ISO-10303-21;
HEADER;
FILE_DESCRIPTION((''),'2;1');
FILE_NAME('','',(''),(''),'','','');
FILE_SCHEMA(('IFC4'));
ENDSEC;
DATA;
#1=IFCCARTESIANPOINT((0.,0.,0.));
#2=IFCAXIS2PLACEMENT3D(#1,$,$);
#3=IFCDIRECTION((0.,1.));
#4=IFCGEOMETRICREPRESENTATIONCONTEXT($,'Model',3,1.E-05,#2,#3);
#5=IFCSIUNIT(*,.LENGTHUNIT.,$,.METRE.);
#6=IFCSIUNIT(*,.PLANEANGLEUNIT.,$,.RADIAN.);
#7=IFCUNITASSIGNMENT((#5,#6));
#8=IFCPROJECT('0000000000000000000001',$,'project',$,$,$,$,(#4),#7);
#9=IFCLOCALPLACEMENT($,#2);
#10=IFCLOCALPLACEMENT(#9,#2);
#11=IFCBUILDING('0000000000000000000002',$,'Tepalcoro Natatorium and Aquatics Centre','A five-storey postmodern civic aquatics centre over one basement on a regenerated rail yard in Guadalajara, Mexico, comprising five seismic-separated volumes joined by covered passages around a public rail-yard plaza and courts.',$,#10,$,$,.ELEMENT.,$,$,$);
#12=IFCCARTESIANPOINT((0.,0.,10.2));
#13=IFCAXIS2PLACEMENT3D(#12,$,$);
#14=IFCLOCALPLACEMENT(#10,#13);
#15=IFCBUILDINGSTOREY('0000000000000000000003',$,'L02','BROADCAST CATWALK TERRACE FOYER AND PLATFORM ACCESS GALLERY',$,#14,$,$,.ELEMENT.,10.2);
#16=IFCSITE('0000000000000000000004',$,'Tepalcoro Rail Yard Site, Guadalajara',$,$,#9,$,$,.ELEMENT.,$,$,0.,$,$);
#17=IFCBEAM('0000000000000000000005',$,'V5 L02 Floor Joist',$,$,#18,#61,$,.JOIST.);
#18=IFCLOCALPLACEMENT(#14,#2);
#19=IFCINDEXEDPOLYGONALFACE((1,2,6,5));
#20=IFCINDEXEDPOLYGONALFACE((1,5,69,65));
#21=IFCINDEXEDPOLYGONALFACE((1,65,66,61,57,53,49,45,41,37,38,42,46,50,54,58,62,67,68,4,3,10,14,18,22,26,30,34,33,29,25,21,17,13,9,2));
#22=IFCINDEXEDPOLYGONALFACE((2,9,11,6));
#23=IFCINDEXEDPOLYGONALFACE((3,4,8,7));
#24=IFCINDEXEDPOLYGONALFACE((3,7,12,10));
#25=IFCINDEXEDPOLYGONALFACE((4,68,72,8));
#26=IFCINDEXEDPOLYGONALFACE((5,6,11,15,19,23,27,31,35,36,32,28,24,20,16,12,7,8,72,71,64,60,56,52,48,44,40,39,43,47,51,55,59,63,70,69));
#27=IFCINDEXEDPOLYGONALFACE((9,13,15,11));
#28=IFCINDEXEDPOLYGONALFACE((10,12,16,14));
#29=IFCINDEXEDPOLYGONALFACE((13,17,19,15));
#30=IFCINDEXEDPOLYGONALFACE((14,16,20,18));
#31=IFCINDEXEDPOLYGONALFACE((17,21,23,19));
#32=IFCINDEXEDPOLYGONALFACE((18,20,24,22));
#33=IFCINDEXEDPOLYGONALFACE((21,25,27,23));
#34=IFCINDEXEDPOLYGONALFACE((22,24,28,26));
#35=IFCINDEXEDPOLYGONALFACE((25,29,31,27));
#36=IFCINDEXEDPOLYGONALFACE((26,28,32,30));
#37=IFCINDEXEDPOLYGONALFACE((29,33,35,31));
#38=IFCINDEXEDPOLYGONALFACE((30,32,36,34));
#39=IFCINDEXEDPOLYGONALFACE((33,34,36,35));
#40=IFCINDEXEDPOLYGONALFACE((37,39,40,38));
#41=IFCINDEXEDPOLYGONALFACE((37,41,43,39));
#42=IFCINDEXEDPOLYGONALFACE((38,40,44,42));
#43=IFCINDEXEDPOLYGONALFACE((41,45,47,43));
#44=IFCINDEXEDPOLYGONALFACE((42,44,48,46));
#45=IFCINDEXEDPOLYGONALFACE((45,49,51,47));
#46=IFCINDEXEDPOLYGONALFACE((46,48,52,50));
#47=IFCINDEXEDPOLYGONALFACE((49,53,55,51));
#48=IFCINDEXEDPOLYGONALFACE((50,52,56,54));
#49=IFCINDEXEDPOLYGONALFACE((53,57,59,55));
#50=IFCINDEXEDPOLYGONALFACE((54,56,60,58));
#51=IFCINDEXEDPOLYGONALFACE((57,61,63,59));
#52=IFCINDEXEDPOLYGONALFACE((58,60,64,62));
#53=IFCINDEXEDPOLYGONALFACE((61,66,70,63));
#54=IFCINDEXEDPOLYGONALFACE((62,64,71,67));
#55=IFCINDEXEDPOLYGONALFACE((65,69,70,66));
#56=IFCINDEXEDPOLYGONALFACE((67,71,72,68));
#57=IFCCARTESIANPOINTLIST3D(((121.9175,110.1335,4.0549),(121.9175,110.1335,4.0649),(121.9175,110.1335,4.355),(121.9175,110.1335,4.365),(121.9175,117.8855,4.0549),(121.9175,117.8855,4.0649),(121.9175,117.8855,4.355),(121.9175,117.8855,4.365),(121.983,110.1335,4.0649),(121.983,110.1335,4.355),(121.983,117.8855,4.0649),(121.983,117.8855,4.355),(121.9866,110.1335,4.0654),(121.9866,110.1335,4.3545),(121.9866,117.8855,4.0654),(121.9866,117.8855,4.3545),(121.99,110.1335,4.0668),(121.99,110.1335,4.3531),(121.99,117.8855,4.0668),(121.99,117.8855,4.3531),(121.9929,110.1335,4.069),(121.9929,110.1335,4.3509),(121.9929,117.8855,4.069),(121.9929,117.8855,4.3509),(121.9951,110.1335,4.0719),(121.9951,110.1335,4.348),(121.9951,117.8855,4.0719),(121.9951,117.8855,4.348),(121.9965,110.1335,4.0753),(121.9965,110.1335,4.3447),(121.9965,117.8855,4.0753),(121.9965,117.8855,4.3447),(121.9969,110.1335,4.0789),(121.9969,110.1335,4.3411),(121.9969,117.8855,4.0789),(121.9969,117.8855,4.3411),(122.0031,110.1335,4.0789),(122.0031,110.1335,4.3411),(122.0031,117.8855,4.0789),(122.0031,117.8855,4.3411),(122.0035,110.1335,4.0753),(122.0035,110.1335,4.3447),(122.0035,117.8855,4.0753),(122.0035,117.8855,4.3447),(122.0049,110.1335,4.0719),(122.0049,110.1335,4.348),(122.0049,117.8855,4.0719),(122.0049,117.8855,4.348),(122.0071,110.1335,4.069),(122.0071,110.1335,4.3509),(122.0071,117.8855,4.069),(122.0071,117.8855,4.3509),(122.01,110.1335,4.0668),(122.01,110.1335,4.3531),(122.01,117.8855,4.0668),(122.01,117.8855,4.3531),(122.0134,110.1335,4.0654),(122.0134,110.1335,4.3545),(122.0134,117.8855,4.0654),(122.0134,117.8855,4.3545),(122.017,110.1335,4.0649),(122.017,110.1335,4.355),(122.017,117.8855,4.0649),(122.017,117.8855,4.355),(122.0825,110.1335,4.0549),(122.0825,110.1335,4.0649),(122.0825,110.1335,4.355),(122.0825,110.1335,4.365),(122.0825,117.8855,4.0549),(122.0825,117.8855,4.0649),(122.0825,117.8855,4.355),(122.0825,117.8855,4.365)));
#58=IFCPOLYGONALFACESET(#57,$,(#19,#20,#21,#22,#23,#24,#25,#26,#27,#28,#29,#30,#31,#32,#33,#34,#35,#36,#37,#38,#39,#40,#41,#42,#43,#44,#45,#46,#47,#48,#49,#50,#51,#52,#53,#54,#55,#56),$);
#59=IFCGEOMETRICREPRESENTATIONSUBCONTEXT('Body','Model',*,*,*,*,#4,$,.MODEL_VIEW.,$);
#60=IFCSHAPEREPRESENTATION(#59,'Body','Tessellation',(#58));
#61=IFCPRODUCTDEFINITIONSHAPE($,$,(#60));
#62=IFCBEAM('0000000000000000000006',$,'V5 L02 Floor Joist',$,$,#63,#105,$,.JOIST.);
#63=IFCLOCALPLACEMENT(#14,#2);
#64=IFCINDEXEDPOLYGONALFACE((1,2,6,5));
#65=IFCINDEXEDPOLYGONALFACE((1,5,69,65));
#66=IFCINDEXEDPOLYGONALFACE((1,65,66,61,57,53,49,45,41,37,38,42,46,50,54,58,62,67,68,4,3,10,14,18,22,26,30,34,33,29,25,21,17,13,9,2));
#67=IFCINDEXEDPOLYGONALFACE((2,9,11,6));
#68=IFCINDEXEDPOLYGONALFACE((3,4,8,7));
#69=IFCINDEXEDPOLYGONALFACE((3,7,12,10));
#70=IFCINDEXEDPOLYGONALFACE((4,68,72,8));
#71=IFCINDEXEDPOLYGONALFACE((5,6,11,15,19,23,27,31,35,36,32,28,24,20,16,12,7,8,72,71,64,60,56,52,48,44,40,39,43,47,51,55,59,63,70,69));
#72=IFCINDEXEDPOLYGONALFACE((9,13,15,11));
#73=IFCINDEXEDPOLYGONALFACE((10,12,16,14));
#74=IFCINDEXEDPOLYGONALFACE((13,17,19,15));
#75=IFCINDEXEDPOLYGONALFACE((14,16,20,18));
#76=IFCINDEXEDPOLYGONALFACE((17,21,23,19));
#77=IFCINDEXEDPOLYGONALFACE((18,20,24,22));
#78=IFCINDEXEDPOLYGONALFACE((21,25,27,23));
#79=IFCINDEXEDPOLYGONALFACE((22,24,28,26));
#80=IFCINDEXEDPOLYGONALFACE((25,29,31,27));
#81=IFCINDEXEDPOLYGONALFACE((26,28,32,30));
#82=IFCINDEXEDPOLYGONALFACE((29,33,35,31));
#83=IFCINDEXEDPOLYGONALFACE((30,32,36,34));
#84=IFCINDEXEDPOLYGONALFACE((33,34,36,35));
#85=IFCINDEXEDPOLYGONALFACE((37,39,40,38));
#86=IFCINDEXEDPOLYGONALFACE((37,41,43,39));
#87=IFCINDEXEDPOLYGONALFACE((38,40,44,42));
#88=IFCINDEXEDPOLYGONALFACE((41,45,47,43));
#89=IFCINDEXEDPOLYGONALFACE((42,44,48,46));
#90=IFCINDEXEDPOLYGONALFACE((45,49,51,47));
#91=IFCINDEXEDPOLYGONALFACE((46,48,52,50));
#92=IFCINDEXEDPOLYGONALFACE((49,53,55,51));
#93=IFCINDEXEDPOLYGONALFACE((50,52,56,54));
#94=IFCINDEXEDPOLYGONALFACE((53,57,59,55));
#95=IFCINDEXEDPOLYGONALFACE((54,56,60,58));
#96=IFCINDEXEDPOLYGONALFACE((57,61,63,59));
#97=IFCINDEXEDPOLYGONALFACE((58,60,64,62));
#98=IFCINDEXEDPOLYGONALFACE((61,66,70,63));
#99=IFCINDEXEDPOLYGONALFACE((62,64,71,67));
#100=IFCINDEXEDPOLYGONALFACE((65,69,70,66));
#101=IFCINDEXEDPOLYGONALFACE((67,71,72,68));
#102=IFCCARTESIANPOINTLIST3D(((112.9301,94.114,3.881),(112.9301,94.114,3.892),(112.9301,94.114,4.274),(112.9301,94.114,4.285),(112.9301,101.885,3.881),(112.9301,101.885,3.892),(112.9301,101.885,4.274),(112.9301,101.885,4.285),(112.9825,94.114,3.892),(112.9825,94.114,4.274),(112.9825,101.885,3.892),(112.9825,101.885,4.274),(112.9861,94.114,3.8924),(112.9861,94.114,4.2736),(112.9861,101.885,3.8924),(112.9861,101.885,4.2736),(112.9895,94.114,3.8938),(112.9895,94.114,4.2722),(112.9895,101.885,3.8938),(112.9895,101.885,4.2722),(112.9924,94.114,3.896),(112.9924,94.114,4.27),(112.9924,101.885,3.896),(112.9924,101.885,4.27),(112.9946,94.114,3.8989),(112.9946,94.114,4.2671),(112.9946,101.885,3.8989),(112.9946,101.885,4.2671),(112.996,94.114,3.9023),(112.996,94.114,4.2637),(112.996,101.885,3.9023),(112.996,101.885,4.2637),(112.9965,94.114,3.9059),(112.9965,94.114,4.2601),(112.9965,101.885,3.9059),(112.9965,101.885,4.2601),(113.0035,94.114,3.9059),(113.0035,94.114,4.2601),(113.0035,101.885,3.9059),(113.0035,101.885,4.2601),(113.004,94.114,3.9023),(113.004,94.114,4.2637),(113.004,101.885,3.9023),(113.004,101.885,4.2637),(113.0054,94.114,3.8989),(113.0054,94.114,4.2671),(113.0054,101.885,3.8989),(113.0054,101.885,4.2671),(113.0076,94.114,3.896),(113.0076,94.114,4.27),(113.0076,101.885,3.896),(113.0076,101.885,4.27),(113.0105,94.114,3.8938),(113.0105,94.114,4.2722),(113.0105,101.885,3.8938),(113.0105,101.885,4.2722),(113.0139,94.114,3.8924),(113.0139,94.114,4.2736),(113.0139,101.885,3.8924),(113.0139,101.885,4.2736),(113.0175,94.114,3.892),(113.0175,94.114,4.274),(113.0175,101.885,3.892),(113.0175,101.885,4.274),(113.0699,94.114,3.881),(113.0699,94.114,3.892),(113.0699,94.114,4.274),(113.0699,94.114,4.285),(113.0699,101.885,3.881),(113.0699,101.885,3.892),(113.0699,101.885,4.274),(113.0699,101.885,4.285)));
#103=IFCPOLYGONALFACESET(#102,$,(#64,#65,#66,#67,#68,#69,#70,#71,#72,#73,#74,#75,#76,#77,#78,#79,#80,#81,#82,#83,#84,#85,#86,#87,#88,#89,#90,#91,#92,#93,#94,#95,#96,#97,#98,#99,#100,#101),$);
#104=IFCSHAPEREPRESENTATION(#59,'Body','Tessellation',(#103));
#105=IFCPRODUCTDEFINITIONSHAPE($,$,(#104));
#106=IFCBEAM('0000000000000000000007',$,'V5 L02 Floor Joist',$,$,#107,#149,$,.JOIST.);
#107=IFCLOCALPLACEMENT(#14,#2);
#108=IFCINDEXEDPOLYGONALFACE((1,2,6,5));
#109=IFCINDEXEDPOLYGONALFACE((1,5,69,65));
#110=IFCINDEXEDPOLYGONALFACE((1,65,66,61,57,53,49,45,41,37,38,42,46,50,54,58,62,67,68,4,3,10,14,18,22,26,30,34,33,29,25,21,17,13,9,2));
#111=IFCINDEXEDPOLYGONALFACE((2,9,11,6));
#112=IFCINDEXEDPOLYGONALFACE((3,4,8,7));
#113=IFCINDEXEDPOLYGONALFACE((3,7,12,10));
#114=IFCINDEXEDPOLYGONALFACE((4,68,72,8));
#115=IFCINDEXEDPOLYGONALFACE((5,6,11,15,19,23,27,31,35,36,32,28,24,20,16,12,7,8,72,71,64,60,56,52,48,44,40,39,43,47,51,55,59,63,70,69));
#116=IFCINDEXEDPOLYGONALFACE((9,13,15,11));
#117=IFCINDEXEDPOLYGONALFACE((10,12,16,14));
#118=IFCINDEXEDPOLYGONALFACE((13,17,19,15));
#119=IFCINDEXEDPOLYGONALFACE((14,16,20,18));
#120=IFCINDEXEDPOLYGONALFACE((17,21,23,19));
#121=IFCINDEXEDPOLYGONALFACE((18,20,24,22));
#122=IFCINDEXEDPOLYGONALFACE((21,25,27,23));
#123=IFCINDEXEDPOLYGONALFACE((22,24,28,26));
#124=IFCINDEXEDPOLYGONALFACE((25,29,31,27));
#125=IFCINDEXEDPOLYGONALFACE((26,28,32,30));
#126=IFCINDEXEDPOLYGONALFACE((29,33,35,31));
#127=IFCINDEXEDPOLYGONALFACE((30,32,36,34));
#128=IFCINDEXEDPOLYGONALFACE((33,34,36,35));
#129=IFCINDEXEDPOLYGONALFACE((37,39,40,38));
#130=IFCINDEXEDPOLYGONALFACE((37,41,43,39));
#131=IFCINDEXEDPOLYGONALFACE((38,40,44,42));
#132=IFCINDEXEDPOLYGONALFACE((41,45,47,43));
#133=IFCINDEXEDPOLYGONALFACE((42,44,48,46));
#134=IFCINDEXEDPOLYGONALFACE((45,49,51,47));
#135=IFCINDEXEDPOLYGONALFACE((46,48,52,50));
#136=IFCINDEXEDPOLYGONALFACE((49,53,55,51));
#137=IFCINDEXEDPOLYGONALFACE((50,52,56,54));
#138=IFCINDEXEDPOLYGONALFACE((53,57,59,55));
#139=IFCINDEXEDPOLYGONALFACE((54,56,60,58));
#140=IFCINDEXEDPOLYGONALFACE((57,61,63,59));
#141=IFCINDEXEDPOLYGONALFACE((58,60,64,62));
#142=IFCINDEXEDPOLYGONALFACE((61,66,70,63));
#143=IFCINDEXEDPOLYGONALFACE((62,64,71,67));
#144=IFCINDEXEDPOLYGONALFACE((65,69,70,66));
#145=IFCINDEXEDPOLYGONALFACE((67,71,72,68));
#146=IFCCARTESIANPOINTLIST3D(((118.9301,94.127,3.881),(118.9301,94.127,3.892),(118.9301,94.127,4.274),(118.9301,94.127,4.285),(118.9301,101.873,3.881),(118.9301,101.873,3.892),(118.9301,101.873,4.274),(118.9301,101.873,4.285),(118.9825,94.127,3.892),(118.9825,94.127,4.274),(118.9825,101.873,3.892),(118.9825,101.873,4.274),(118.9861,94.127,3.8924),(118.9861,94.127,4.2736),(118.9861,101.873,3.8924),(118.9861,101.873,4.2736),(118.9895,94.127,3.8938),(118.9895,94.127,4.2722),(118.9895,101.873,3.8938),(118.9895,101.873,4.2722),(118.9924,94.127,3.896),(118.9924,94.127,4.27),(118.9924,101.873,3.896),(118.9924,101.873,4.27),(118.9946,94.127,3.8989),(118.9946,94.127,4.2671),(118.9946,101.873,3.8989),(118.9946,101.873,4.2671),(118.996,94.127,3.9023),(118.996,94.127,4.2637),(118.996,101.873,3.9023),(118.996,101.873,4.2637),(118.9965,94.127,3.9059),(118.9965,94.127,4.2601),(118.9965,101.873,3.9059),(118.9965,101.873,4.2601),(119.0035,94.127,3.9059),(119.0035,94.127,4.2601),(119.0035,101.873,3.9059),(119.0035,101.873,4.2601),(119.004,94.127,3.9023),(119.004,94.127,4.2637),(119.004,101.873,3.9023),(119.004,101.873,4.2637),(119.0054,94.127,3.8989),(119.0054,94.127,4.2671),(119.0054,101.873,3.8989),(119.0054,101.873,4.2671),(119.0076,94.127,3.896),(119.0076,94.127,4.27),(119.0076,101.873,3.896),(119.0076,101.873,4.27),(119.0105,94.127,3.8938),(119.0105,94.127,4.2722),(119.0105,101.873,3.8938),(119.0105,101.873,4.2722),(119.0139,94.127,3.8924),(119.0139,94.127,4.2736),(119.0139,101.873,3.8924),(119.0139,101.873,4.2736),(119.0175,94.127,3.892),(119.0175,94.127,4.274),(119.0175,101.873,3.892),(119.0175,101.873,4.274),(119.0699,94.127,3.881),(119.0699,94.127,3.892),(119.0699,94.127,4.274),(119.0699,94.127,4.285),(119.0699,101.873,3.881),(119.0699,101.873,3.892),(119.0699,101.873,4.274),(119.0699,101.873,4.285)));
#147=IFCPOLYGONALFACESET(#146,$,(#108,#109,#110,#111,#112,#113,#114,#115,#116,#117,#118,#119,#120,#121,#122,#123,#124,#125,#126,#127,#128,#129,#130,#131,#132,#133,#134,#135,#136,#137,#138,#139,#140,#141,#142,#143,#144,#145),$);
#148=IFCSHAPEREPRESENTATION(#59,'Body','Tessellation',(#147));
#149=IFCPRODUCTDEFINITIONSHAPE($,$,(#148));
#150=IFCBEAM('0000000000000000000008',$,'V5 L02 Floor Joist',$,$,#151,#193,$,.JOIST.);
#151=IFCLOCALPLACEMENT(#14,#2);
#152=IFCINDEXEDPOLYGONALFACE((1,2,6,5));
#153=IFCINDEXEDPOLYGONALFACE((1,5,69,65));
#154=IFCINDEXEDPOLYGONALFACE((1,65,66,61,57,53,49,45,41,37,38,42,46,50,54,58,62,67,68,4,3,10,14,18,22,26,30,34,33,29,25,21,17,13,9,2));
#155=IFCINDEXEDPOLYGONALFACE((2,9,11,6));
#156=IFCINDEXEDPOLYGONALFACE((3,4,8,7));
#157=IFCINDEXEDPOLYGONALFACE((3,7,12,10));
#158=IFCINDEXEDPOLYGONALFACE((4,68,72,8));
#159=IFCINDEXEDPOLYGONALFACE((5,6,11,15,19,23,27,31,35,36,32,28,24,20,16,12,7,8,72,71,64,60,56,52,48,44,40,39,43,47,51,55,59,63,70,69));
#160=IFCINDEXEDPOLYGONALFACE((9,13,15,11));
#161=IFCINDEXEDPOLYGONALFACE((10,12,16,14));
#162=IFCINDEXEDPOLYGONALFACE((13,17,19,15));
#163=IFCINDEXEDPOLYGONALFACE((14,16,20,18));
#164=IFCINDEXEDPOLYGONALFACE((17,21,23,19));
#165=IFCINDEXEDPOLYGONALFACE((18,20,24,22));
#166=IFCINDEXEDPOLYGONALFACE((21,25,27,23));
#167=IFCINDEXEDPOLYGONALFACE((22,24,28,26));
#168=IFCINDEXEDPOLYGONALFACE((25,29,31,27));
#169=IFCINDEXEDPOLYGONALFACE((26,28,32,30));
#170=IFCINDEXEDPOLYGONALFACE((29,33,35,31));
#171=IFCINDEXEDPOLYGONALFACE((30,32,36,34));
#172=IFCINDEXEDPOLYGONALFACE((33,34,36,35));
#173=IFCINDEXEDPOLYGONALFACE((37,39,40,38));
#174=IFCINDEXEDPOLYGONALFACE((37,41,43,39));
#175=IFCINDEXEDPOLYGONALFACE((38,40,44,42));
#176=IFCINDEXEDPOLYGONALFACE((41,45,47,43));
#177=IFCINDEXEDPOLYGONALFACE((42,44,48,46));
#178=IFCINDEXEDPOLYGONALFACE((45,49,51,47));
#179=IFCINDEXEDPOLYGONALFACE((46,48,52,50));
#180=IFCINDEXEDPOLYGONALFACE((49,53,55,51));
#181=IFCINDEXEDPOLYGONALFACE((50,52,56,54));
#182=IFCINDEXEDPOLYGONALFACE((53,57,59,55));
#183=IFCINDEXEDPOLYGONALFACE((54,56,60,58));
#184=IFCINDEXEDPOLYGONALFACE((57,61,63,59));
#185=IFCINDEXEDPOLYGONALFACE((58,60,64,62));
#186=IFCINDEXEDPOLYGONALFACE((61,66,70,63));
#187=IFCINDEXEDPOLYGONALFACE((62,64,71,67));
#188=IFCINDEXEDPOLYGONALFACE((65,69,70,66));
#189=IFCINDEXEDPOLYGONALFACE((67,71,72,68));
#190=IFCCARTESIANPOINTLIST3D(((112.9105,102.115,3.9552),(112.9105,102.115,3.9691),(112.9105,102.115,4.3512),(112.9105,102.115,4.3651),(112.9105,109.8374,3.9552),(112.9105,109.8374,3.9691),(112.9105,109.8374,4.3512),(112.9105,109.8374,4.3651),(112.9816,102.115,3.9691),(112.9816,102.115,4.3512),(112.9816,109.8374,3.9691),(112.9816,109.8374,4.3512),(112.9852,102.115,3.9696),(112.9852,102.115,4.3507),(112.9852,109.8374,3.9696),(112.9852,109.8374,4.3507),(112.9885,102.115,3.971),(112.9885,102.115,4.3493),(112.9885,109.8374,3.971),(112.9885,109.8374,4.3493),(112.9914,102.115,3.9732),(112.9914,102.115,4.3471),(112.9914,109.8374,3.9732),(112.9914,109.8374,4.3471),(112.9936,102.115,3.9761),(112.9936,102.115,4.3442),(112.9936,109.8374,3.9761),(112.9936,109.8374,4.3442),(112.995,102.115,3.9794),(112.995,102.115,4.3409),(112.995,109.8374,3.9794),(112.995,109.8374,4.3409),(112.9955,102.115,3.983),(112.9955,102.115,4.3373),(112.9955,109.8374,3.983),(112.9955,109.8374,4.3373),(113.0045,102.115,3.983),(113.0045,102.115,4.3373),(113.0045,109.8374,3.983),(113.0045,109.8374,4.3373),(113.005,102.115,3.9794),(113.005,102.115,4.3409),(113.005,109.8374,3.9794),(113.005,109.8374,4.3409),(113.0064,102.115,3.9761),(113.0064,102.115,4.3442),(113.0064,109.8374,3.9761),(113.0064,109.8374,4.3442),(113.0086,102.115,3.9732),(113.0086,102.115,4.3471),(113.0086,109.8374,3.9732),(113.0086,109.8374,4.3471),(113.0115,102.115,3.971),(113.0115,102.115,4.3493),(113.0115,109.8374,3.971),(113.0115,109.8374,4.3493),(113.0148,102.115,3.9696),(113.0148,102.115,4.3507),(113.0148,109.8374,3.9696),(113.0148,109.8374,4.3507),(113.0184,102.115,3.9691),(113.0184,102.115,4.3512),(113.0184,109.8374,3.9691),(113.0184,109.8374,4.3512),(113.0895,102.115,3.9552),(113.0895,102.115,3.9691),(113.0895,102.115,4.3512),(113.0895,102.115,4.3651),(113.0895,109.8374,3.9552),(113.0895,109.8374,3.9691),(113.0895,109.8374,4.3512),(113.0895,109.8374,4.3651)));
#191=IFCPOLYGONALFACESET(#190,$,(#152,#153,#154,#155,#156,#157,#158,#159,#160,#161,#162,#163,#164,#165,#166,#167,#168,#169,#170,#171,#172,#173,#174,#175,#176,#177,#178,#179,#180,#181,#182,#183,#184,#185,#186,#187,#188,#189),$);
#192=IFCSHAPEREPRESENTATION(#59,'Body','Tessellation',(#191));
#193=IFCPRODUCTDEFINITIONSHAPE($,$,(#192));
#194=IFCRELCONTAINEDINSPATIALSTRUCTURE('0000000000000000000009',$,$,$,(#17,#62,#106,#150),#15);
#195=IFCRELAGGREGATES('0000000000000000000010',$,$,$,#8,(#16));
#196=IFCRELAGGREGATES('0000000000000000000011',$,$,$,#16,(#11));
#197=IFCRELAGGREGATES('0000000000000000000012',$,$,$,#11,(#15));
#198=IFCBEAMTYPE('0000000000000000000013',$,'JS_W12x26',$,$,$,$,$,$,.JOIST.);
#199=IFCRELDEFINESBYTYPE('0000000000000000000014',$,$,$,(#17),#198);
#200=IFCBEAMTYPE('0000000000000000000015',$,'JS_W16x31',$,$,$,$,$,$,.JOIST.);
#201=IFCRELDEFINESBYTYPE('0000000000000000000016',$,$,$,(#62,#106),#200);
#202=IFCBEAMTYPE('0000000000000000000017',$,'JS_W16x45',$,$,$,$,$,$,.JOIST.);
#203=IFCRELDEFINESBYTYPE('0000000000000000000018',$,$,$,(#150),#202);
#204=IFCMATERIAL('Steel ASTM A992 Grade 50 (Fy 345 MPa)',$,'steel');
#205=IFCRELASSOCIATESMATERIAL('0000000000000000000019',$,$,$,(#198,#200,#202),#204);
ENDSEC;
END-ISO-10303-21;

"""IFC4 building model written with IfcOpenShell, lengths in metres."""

from ifc_helpers import new_model, si_unit, direction, frame, origin, origin_2d, place, context, subcontext, project, spatial, i_section, extrude, material, material_profile, profile_set, type_object, element, save


model = new_model("IFC4")

# Units and contexts
model_context = context("Model", 3, precision=1e-05, world=origin(), true_north=direction((0.0, 1.0)))
body_context = subcontext(model_context, "Body", "Model", "MODEL_VIEW")
ifc_project = project(units=[si_unit("LENGTHUNIT", "METRE"), si_unit("PLANEANGLEUNIT", "RADIAN")], contexts=[model_context])

# Site, building, storey
site_placement = place(None, origin())
site = spatial("IfcSite", under=ifc_project, at=site_placement, Name="Tepalcoro Rail Yard Site, Guadalajara", CompositionType="ELEMENT", RefElevation=0.0)
building_placement = place(site_placement, origin())
building = spatial("IfcBuilding", under=site, at=building_placement, Name="Tepalcoro Natatorium and Aquatics Centre", Description="A five-storey postmodern civic aquatics centre over one basement on a regenerated rail yard in Guadalajara, Mexico, comprising five seismic-separated volumes joined by covered passages around a public rail-yard plaza and courts.", CompositionType="ELEMENT")
storey_placement = place(building_placement, frame((0.0, 0.0, 10.2)))
storey = spatial("IfcBuildingStorey", under=building, at=storey_placement, Name="L02", Description="BROADCAST CATWALK TERRACE FOYER AND PLATFORM ACCESS GALLERY", CompositionType="ELEMENT", Elevation=10.2)

# Beams
ifc_material_1 = material(Name="Steel ASTM A992 Grade 50 (Fy 345 MPa)", Category="steel")
ifc_material_profile_1 = material_profile(ifc_material_1, i_section(OverallWidth=0.165, OverallDepth=0.3101, WebThickness=0.0061, FlangeThickness=0.01, FilletRadius=0.0139, at=origin_2d()), Name="W12X26")
ifc_profile_set_1 = profile_set([ifc_material_profile_1], Name="Steel ASTM A992 Grade 50 (Fy 345 MPa)")
beam_type_1 = type_object("IfcBeamType", Name="JS_W12x26", PredefinedType="JOIST", material=ifc_profile_set_1)
beam_1_placement = place(storey_placement, frame((122.0, 110.1335, 4.21), z_axis=(0.0, 1.0, 0.0), x_axis=(-1.0, 0.0, 0.0)))
element("IfcBeam", 1, at=beam_1_placement, inside=storey, type_object=beam_type_1, Name="V5 L02 Floor Joist", PredefinedType="JOIST", context=body_context, shape_type="SweptSolid", body=[
    extrude(i_section(OverallWidth=0.165, OverallDepth=0.3101, WebThickness=0.0061, FlangeThickness=0.01, FilletRadius=0.0139, at=origin_2d()), origin(), (0.0, 0.0, 1.0), 7.752),
])
ifc_material_profile_2 = material_profile(ifc_material_1, i_section(OverallWidth=0.1399, OverallDepth=0.4041, WebThickness=0.0071, FlangeThickness=0.011, FilletRadius=0.0139, at=origin_2d()), Name="W16X31")
ifc_profile_set_2 = profile_set([ifc_material_profile_2], Name="Steel ASTM A992 Grade 50 (Fy 345 MPa)")
beam_type_2 = type_object("IfcBeamType", Name="JS_W16x31", PredefinedType="JOIST", material=ifc_profile_set_2)
beam_2_placement = place(storey_placement, frame((113.0, 94.114, 4.083), z_axis=(0.0, 1.0, 0.0), x_axis=(-1.0, 0.0, 0.0)))
element("IfcBeam", 2, at=beam_2_placement, inside=storey, type_object=beam_type_2, Name="V5 L02 Floor Joist", PredefinedType="JOIST", context=body_context, shape_type="SweptSolid", body=[
    extrude(i_section(OverallWidth=0.1399, OverallDepth=0.4041, WebThickness=0.0071, FlangeThickness=0.011, FilletRadius=0.0139, at=origin_2d()), origin(), (0.0, 0.0, 1.0), 7.771),
])
beam_3_placement = place(storey_placement, frame((119.0, 94.127, 4.083), z_axis=(0.0, 1.0, 0.0), x_axis=(-1.0, 0.0, 0.0)))
element("IfcBeam", 3, at=beam_3_placement, inside=storey, type_object=beam_type_2, Name="V5 L02 Floor Joist", PredefinedType="JOIST", context=body_context, shape_type="SweptSolid", body=[
    extrude(i_section(OverallWidth=0.1399, OverallDepth=0.4041, WebThickness=0.0071, FlangeThickness=0.011, FilletRadius=0.0139, at=origin_2d()), origin(), (0.0, 0.0, 1.0), 7.7461),
])
ifc_material_profile_3 = material_profile(ifc_material_1, i_section(OverallWidth=0.179, OverallDepth=0.4099, WebThickness=0.009, FlangeThickness=0.0139, FilletRadius=0.0139, at=origin_2d()), Name="W16X45")
ifc_profile_set_3 = profile_set([ifc_material_profile_3], Name="Steel ASTM A992 Grade 50 (Fy 345 MPa)")
beam_type_3 = type_object("IfcBeamType", Name="JS_W16x45", PredefinedType="JOIST", material=ifc_profile_set_3)
beam_4_placement = place(storey_placement, frame((113.0, 102.115, 4.1602), z_axis=(0.0, 1.0, 0.0), x_axis=(-1.0, 0.0, 0.0)))
element("IfcBeam", 4, at=beam_4_placement, inside=storey, type_object=beam_type_3, Name="V5 L02 Floor Joist", PredefinedType="JOIST", context=body_context, shape_type="SweptSolid", body=[
    extrude(i_section(OverallWidth=0.179, OverallDepth=0.4099, WebThickness=0.009, FlangeThickness=0.0139, FilletRadius=0.0139, at=origin_2d()), origin(), (0.0, 0.0, 1.0), 7.7224),
])

save(model, "model.ifc")
